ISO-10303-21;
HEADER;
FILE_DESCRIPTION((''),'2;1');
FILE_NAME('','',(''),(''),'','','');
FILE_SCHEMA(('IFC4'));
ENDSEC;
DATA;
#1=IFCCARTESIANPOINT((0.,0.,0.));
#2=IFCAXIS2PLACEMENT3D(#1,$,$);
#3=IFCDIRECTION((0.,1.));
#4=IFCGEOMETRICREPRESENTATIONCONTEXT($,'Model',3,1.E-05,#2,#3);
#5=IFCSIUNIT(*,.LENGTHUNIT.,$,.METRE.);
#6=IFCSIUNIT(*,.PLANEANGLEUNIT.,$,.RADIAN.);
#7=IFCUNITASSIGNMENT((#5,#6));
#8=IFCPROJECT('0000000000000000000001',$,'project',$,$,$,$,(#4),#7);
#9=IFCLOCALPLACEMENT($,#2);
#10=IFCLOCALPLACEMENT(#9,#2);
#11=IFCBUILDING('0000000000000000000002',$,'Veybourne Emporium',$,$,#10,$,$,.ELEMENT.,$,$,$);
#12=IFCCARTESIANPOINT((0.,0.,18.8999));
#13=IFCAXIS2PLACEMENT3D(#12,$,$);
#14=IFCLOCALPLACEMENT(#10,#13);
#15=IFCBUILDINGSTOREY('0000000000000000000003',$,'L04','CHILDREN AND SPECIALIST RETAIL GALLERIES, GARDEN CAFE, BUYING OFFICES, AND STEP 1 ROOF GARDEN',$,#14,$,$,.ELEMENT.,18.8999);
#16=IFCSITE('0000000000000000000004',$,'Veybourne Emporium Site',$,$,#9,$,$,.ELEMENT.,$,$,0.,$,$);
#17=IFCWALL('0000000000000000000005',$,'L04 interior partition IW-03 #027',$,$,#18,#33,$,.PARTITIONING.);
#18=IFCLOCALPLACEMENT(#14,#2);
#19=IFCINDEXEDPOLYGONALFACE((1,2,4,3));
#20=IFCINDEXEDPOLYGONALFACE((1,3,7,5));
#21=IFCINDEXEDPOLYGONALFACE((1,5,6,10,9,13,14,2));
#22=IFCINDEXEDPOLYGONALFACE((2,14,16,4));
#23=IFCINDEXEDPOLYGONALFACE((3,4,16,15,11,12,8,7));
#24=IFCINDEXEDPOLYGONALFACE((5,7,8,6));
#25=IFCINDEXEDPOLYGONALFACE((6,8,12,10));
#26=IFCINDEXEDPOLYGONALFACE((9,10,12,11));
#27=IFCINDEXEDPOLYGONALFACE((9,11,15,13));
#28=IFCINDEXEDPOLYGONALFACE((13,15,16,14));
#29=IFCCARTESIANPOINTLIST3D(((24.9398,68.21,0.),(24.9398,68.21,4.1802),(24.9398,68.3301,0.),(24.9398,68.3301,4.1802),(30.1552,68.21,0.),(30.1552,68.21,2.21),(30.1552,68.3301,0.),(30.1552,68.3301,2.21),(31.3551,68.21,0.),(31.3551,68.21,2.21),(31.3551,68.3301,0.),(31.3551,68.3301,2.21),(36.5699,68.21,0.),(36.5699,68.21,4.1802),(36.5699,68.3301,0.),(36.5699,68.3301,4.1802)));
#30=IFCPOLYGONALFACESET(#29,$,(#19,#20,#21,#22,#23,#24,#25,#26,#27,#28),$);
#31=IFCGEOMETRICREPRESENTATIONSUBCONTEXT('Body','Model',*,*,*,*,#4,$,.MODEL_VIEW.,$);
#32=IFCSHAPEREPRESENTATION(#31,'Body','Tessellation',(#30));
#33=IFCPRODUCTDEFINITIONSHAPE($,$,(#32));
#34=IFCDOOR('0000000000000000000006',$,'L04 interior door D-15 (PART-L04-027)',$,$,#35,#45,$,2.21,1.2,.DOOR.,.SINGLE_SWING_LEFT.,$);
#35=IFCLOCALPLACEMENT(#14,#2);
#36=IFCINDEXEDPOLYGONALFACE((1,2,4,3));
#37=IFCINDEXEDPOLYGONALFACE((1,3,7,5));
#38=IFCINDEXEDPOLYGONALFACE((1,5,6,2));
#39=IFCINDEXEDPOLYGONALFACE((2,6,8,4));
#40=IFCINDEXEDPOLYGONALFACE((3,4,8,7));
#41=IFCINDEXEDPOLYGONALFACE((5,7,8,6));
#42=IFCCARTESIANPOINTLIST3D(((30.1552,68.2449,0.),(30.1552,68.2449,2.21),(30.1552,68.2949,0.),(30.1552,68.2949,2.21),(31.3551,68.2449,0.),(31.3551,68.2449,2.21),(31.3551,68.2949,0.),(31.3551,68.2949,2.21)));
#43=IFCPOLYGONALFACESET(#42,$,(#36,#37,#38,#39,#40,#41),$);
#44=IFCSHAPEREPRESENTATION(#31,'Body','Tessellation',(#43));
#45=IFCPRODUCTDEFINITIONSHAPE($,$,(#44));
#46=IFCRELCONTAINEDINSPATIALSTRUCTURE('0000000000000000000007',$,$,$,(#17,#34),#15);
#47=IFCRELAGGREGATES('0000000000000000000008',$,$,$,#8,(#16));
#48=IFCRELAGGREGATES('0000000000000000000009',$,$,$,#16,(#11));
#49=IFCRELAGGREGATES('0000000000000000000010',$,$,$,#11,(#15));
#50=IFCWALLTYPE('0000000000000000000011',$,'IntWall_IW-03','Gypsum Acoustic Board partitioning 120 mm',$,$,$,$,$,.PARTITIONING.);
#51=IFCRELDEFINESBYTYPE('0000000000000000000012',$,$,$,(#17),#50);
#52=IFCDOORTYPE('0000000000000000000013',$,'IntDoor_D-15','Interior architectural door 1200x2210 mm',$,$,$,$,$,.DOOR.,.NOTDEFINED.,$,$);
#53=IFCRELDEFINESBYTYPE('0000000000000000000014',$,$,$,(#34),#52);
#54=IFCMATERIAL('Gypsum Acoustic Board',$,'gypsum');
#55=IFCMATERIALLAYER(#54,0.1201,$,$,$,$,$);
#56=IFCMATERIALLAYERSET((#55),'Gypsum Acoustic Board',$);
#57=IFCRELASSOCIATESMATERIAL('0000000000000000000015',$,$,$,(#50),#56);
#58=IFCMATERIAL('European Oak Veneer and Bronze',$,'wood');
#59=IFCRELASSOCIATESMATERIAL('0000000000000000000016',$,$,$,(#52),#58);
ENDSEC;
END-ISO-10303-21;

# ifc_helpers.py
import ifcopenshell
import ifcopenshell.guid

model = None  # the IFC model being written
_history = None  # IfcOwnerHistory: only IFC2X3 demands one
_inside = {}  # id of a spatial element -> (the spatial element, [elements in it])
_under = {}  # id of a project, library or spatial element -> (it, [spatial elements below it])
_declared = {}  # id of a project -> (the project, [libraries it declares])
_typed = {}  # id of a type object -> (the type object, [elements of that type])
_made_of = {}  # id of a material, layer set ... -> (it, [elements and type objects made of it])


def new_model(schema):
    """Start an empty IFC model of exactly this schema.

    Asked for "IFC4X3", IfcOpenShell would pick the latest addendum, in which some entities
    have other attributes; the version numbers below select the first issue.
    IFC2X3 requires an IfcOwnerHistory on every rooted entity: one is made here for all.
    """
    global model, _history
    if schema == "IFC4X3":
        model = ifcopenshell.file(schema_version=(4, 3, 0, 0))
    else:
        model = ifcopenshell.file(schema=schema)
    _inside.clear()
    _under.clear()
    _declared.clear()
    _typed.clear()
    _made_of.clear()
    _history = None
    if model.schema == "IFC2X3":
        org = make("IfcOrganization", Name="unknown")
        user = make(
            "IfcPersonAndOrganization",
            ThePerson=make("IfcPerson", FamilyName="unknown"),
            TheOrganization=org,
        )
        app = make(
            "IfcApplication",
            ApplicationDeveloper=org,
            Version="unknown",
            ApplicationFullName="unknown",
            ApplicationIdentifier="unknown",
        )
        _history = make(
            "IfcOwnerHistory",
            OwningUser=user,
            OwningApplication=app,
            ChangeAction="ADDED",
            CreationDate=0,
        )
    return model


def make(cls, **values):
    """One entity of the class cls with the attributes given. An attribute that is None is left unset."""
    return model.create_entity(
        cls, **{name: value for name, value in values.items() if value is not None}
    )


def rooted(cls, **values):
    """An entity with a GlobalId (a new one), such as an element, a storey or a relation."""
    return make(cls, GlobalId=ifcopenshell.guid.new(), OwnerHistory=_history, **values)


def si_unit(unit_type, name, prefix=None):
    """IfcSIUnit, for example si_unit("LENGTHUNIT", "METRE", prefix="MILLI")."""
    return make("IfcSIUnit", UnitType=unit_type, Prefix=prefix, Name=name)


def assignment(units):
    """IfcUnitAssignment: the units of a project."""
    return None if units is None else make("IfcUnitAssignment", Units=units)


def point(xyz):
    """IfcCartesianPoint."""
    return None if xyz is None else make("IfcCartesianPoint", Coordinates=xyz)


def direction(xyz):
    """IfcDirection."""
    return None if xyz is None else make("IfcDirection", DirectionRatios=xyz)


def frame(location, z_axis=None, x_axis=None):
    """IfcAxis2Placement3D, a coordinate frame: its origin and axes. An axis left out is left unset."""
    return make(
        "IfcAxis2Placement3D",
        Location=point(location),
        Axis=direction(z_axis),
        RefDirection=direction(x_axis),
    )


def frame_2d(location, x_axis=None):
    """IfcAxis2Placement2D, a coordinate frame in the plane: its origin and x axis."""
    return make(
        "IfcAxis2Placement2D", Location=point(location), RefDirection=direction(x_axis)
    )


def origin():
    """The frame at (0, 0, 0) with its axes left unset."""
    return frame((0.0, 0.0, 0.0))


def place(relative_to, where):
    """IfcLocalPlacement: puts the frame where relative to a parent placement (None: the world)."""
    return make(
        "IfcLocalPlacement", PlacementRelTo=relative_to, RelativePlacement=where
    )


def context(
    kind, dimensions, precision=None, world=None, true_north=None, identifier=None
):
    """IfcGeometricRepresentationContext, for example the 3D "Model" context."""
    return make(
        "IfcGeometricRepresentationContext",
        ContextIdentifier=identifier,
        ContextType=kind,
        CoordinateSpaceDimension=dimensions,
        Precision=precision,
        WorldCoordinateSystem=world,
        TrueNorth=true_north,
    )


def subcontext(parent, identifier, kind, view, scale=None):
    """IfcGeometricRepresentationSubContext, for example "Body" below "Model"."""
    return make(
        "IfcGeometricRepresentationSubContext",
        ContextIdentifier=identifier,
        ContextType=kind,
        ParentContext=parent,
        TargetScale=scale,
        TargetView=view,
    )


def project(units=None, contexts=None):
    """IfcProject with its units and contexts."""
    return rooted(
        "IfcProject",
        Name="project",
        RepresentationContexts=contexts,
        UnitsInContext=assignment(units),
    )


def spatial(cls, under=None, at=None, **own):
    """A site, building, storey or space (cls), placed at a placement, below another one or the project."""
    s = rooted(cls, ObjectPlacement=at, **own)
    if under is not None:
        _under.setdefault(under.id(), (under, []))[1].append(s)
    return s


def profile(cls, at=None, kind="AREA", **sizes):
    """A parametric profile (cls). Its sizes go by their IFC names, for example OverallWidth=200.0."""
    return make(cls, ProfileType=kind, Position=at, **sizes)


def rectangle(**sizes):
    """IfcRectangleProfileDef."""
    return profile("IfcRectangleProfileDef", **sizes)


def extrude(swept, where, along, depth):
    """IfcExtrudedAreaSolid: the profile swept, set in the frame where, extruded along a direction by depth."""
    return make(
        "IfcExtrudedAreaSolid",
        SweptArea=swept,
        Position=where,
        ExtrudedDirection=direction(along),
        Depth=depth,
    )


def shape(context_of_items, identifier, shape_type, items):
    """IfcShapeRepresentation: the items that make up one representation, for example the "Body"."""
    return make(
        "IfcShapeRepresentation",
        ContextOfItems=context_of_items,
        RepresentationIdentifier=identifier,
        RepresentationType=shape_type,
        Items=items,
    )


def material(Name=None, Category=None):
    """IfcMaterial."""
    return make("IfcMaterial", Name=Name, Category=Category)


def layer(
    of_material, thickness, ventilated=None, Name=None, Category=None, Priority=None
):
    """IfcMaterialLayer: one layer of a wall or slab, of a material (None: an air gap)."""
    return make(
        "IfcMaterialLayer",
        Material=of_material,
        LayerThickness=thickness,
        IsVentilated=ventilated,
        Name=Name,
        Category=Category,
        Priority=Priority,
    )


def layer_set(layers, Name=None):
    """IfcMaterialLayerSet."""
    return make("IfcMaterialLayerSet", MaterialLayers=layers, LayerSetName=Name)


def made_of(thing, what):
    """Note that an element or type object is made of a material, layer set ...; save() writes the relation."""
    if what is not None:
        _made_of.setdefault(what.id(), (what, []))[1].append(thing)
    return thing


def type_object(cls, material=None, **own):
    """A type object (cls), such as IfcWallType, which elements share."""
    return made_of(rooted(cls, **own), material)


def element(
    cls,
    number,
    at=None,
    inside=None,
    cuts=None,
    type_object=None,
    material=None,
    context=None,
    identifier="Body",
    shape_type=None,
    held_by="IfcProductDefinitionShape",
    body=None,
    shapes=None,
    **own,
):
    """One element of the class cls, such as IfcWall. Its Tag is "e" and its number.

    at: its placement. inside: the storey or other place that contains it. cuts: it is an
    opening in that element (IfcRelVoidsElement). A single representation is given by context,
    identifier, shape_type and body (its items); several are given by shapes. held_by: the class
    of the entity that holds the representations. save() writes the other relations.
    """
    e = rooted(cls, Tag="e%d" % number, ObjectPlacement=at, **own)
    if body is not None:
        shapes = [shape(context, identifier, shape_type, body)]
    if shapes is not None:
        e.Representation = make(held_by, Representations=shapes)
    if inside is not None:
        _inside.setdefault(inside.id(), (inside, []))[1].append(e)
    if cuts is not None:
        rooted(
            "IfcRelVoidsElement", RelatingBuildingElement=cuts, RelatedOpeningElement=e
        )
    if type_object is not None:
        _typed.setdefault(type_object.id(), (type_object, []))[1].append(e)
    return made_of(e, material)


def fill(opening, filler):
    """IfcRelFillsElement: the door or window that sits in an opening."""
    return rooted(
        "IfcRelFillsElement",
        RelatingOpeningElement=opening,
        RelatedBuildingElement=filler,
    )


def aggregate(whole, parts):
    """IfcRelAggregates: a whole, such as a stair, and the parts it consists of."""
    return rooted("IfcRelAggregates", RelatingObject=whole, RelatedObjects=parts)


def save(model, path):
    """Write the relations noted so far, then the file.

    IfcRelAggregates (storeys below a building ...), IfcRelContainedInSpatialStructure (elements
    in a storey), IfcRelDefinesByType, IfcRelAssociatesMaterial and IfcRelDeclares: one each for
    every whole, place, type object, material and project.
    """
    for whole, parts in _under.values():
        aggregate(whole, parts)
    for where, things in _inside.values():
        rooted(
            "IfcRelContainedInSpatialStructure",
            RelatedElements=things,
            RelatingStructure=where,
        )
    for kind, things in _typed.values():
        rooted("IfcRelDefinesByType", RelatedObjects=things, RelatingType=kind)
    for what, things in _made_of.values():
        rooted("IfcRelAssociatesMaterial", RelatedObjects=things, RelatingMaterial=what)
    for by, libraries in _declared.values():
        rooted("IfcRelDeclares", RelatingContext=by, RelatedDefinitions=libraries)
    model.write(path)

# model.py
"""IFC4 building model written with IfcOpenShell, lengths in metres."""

from ifc_helpers import new_model, si_unit, direction, frame, frame_2d, origin, place, context, subcontext, project, spatial, rectangle, extrude, material, layer, layer_set, type_object, element, fill, save


model = new_model("IFC4")

# Units and contexts
model_context = context("Model", 3, precision=1e-05, world=origin(), true_north=direction((0.0, 1.0)))
body_context = subcontext(model_context, "Body", "Model", "MODEL_VIEW")
ifc_project = project(units=[si_unit("LENGTHUNIT", "METRE"), si_unit("PLANEANGLEUNIT", "RADIAN")], contexts=[model_context])

# Site, building, storey
site_placement = place(None, origin())
site = spatial("IfcSite", under=ifc_project, at=site_placement, Name="Veybourne Emporium Site", CompositionType="ELEMENT", RefElevation=0.0)
building_placement = place(site_placement, origin())
building = spatial("IfcBuilding", under=site, at=building_placement, Name="Veybourne Emporium", CompositionType="ELEMENT")
storey_placement = place(building_placement, frame((0.0, 0.0, 18.8999)))
storey = spatial("IfcBuildingStorey", under=building, at=storey_placement, Name="L04", Description="CHILDREN AND SPECIALIST RETAIL GALLERIES, GARDEN CAFE, BUYING OFFICES, AND STEP 1 ROOF GARDEN", CompositionType="ELEMENT", Elevation=18.8999)

# Wall, opening, door
ifc_material_1 = material(Name="Gypsum Acoustic Board", Category="gypsum")
ifc_material_2 = material(Name="European Oak Veneer and Bronze", Category="wood")
ifc_layer_1 = layer(ifc_material_1, 0.1201)
ifc_layer_set_1 = layer_set([ifc_layer_1], Name="Gypsum Acoustic Board")
wall_type_1 = type_object("IfcWallType", Name="IntWall_IW-03", Description="Gypsum Acoustic Board partitioning 120 mm", PredefinedType="PARTITIONING", material=ifc_layer_set_1)
wall_1_placement = place(storey_placement, frame((24.9399, 68.27, 0.0), z_axis=(0.0, 0.0, 1.0), x_axis=(1.0, 0.0, 0.0)))
wall_1 = element("IfcWall", 1, at=wall_1_placement, inside=storey, type_object=wall_type_1, Name="L04 interior partition IW-03 #027", PredefinedType="PARTITIONING", context=body_context, shape_type="SweptSolid", body=[
    extrude(rectangle(XDim=11.6301, YDim=0.1201, at=frame_2d((5.8149, 0.0))), origin(), (0.0, 0.0, 1.0), 4.1802),
])
opening_1_placement = place(wall_1_placement, frame((5.2151, 0.0, 0.0)))
opening_1 = element("IfcOpeningElement", 2, at=opening_1_placement, cuts=wall_1, PredefinedType="OPENING", context=body_context, shape_type="SweptSolid", body=[
    extrude(rectangle(XDim=1.2, YDim=2.21, at=frame_2d((0.6001, 1.105))), frame((0.0, 0.0801, 0.0), z_axis=(0.0, -1.0, 0.0), x_axis=(1.0, 0.0, 0.0)), (0.0, 0.0, 1.0), 0.1602),
])
door_type_1 = type_object("IfcDoorType", Name="IntDoor_D-15", Description="Interior architectural door 1200x2210 mm", OperationType="NOTDEFINED", PredefinedType="DOOR", material=ifc_material_2)
door_1_placement = place(opening_1_placement, origin())
door_1 = element("IfcDoor", 3, at=door_1_placement, inside=storey, type_object=door_type_1, Name="L04 interior door D-15 (PART-L04-027)", OperationType="SINGLE_SWING_LEFT", OverallHeight=2.21, OverallWidth=1.2, PredefinedType="DOOR", context=body_context, shape_type="SweptSolid", body=[
    extrude(rectangle(XDim=1.2, YDim=2.21, at=frame_2d((0.6001, 1.105))), frame((0.0, 0.0249, 0.0), z_axis=(0.0, -1.0, 0.0), x_axis=(1.0, 0.0, 0.0)), (0.0, 0.0, 1.0), 0.05),
])
fill(opening_1, door_1)

save(model, "model.ifc")
